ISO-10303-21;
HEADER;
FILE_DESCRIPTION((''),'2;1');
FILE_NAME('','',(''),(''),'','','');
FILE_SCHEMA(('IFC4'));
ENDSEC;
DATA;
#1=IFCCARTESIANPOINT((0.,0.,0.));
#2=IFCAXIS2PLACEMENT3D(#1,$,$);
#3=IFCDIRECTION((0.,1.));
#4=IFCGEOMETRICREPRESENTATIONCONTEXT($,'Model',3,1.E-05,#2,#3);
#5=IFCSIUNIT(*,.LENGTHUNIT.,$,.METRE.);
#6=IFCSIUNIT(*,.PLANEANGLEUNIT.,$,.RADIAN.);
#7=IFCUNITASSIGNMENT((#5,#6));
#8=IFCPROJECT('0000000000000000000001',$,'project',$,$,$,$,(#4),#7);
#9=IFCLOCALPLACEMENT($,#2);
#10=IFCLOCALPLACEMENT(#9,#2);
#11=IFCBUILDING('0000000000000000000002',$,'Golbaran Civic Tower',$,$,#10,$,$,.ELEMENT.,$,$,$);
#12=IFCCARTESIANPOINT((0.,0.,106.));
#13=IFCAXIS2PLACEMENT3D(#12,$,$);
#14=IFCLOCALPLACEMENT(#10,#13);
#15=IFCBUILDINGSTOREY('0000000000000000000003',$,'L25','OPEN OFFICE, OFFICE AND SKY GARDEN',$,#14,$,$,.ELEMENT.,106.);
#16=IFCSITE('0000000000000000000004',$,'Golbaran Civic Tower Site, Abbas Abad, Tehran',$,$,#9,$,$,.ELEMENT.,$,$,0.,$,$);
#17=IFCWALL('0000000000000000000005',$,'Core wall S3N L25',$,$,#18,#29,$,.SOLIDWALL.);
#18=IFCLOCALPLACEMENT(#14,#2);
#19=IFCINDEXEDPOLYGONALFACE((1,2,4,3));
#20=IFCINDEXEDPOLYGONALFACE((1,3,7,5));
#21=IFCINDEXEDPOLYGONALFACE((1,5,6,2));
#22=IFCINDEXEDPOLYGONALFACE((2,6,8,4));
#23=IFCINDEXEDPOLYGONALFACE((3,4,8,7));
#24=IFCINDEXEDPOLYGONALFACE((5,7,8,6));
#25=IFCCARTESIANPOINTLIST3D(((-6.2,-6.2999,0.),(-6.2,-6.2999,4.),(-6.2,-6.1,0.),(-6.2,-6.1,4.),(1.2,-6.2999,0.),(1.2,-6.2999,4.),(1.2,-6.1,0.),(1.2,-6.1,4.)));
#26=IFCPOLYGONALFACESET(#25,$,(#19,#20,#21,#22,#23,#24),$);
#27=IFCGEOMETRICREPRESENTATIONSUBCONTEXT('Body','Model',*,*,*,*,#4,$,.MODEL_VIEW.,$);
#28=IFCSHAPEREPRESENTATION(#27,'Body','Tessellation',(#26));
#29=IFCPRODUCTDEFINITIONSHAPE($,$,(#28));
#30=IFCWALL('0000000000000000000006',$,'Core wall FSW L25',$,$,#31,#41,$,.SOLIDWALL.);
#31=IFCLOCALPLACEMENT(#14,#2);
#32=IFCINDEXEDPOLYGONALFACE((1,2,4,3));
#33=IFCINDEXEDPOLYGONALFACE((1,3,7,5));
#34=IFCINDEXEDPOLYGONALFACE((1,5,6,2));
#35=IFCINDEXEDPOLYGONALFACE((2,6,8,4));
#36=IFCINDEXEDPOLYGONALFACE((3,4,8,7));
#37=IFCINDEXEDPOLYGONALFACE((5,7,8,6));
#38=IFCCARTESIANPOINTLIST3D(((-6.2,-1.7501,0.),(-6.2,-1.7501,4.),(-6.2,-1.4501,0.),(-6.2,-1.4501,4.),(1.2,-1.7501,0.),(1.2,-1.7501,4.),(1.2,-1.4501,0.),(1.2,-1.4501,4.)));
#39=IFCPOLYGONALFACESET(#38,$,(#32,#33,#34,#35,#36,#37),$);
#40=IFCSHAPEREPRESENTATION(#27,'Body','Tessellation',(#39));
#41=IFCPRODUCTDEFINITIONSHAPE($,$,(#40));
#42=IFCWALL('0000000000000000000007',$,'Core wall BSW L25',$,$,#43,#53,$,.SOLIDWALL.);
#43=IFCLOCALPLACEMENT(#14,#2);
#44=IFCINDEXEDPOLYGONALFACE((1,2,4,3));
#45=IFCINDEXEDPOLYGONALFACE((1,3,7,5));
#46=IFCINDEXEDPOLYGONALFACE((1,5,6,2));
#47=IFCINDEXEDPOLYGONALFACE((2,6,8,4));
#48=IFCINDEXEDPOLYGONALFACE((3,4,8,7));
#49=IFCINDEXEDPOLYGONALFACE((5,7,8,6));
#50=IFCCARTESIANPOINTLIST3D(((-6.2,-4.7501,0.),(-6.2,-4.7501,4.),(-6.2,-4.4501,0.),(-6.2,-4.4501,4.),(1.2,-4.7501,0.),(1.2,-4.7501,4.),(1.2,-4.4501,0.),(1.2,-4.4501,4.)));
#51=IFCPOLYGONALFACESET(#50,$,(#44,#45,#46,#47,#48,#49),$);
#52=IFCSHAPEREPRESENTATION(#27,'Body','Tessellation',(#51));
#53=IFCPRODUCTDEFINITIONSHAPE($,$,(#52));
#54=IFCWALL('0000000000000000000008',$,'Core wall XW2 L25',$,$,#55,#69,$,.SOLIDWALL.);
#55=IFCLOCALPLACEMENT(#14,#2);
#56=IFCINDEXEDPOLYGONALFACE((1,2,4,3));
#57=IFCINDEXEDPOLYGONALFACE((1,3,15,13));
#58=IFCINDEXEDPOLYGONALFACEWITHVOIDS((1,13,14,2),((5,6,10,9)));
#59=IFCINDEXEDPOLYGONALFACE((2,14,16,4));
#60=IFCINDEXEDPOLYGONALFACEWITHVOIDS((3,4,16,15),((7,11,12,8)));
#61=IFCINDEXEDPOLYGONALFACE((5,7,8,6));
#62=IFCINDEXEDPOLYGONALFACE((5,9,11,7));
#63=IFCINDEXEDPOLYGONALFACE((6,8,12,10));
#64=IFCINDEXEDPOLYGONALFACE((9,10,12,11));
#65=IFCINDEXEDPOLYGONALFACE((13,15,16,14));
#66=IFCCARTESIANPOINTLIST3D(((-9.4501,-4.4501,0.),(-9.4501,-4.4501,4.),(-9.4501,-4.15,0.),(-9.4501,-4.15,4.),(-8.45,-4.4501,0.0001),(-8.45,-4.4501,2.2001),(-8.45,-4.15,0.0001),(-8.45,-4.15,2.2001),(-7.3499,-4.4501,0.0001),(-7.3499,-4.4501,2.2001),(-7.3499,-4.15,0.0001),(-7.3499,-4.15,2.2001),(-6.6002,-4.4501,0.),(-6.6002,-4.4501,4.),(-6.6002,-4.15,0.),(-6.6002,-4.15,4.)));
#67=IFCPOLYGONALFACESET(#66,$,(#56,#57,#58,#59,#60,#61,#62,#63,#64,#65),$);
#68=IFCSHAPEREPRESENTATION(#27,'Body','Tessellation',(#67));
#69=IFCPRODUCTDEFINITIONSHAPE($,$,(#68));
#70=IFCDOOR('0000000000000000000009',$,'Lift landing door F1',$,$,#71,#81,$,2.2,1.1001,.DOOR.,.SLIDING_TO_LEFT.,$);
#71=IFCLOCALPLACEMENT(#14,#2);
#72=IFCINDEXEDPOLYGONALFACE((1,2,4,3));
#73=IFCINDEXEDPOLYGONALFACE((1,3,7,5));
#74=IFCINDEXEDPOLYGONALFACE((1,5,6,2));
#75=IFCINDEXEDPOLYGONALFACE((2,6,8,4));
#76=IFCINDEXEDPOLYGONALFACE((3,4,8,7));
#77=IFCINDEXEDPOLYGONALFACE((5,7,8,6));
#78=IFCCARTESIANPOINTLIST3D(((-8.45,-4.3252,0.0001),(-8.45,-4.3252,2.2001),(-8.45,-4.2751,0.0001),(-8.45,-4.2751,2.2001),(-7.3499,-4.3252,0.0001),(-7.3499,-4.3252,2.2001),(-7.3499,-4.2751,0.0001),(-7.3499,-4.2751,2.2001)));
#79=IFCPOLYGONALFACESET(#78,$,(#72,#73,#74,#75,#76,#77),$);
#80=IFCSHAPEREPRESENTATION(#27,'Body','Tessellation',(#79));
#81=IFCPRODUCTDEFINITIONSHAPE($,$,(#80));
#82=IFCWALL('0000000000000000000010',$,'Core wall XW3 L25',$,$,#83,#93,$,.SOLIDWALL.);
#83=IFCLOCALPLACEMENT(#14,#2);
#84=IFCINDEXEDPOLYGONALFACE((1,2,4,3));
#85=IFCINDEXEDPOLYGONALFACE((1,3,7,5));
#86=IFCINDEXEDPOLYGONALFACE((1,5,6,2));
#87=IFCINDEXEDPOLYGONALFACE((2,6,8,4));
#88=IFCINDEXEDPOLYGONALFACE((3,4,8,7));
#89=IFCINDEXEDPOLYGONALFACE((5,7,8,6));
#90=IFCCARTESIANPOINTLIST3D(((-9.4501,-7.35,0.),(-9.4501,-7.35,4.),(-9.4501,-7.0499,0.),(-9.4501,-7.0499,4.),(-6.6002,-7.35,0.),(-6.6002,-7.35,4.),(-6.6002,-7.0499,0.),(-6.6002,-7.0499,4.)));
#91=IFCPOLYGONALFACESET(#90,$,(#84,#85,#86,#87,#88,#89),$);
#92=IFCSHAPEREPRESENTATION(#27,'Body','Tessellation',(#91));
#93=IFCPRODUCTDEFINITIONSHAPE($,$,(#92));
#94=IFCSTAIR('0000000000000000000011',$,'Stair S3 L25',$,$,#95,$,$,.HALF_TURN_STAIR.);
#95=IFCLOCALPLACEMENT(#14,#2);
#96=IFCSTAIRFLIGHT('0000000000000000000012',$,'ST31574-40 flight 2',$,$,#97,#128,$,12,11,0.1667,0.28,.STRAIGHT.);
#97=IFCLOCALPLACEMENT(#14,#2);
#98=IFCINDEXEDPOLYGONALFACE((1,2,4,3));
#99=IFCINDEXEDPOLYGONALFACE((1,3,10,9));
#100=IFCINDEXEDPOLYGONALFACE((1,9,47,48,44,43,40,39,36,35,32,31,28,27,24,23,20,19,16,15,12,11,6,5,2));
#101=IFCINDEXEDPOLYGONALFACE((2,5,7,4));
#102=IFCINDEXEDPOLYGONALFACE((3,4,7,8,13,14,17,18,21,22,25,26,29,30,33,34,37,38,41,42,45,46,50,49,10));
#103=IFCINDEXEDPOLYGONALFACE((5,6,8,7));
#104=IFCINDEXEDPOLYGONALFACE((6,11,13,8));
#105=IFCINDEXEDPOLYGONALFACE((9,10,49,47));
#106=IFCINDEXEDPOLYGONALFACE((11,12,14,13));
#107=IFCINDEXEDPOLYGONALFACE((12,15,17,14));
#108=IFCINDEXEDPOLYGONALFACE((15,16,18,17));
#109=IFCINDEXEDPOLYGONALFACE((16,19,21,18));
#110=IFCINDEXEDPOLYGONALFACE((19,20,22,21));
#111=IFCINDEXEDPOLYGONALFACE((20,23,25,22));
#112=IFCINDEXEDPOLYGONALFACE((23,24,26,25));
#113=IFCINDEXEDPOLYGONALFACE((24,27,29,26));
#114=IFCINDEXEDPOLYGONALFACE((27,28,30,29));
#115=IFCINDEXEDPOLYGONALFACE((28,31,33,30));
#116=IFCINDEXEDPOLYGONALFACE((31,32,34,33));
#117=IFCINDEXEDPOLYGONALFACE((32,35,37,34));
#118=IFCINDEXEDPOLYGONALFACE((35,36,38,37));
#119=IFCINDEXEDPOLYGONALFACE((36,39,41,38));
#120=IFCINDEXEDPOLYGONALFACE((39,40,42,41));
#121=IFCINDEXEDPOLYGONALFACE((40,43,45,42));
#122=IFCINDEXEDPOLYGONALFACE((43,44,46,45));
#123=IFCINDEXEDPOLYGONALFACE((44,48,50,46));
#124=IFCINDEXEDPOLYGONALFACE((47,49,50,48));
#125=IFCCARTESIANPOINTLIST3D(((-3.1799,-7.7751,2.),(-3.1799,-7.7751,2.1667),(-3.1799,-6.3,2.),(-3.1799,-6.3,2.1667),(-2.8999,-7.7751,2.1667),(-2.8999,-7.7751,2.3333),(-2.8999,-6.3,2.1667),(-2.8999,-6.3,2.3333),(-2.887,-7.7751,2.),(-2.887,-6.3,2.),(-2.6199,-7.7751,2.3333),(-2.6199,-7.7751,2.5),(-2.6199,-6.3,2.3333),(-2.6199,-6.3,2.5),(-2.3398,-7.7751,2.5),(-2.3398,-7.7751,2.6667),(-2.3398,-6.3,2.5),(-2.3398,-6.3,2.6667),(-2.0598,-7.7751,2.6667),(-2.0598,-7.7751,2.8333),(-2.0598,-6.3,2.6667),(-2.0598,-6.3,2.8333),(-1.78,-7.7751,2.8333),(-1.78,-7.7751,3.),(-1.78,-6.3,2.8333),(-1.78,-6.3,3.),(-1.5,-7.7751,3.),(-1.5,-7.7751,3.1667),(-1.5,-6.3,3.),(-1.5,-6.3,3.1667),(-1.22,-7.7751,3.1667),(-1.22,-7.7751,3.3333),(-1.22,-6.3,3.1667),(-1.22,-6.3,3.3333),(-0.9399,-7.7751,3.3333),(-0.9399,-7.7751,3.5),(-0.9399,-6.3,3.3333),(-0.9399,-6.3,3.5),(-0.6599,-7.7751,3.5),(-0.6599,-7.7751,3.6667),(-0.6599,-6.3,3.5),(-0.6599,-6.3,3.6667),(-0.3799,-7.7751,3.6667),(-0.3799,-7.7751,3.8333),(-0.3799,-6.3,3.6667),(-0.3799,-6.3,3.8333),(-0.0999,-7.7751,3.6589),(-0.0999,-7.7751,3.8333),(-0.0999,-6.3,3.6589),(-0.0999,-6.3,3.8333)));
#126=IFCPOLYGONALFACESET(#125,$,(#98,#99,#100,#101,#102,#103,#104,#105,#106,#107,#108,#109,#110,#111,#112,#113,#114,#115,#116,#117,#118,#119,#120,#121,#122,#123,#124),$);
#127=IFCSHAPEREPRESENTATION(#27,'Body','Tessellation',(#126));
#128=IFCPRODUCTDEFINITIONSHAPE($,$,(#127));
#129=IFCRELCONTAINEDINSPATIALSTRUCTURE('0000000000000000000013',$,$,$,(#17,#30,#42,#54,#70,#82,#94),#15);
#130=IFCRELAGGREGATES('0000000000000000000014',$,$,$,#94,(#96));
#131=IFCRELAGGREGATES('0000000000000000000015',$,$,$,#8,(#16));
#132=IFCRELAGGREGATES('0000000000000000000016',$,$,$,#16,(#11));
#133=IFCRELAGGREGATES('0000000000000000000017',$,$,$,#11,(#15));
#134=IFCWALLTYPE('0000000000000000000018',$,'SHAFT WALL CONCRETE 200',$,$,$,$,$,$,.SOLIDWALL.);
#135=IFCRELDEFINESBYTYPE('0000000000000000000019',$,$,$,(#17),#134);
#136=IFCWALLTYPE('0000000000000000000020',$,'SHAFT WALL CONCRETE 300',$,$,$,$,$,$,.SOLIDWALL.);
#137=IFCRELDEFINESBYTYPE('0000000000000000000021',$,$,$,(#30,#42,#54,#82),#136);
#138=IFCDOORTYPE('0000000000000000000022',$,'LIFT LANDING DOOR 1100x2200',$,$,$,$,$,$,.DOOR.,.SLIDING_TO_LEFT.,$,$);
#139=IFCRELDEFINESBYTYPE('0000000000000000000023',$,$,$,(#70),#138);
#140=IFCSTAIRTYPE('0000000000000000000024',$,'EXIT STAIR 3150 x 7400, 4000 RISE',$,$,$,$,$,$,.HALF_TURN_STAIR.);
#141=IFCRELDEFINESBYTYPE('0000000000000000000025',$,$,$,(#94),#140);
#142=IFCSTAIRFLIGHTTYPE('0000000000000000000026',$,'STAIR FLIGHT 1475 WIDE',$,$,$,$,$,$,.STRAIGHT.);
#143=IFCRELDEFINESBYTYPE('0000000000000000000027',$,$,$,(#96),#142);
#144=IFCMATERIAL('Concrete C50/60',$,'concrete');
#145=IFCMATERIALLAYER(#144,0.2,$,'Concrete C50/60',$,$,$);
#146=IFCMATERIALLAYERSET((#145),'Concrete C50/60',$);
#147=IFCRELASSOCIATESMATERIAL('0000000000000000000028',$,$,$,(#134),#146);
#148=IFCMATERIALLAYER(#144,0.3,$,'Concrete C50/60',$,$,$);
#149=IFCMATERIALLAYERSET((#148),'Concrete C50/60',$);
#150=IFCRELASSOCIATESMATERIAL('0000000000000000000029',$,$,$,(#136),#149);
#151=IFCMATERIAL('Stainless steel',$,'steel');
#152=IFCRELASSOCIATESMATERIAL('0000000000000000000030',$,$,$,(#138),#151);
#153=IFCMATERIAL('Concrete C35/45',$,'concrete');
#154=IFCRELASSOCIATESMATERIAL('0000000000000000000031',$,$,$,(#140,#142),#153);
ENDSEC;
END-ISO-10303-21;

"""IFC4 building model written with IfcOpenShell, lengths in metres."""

from ifc_helpers import new_model, si_unit, direction, frame, frame_2d, origin, place, context, subcontext, project, spatial, polyline, rectangle, outline, extrude, material, layer, layer_set, type_object, element, fill, aggregate, save


model = new_model("IFC4")

# Units and contexts
model_context = context("Model", 3, precision=1e-05, world=origin(), true_north=direction((0.0, 1.0)))
body_context = subcontext(model_context, "Body", "Model", "MODEL_VIEW")
ifc_project = project(units=[si_unit("LENGTHUNIT", "METRE"), si_unit("PLANEANGLEUNIT", "RADIAN")], contexts=[model_context])

# Site, building, storey
site_placement = place(None, origin())
site = spatial("IfcSite", under=ifc_project, at=site_placement, Name="Golbaran Civic Tower Site, Abbas Abad, Tehran", CompositionType="ELEMENT", RefElevation=0.0)
building_placement = place(site_placement, origin())
building = spatial("IfcBuilding", under=site, at=building_placement, Name="Golbaran Civic Tower", CompositionType="ELEMENT")
storey_placement = place(building_placement, frame((0.0, 0.0, 106.0)))
storey = spatial("IfcBuildingStorey", under=building, at=storey_placement, Name="L25", Description="OPEN OFFICE, OFFICE AND SKY GARDEN", CompositionType="ELEMENT", Elevation=106.0)

# Shared definitions
ifc_material_1 = material(Name="Concrete C35/45", Category="concrete")

# Walls
ifc_material_2 = material(Name="Concrete C50/60", Category="concrete")
ifc_layer_1 = layer(ifc_material_2, 0.2, Name="Concrete C50/60")
ifc_layer_set_1 = layer_set([ifc_layer_1], Name="Concrete C50/60")
wall_type_1 = type_object("IfcWallType", Name="SHAFT WALL CONCRETE 200", PredefinedType="SOLIDWALL", material=ifc_layer_set_1)
wall_1_placement = place(storey_placement, frame((-6.2, -6.2, 0.0), z_axis=(0.0, 0.0, 1.0), x_axis=(1.0, 0.0, 0.0)))
element("IfcWall", 1, at=wall_1_placement, inside=storey, type_object=wall_type_1, Name="Core wall S3N L25", PredefinedType="SOLIDWALL", context=body_context, shape_type="SweptSolid", body=[
    extrude(rectangle(XDim=7.3999, YDim=0.2, at=frame_2d((3.7, 0.0))), origin(), (0.0, 0.0, 1.0), 4.0),
])
ifc_layer_2 = layer(ifc_material_2, 0.3, Name="Concrete C50/60")
ifc_layer_set_2 = layer_set([ifc_layer_2], Name="Concrete C50/60")
wall_type_2 = type_object("IfcWallType", Name="SHAFT WALL CONCRETE 300", PredefinedType="SOLIDWALL", material=ifc_layer_set_2)
for number, where, z_axis, x_axis, name in (
    (2, (-6.2, -1.6001, 0.0), (0.0, 0.0, 1.0), (1.0, 0.0, 0.0), "Core wall FSW L25"),
    (3, (-6.2, -4.6001, 0.0), (0.0, 0.0, 1.0), (1.0, 0.0, 0.0), "Core wall BSW L25"),
):
    element("IfcWall", number, at=place(storey_placement, frame(where, z_axis=z_axis, x_axis=x_axis)), inside=storey, type_object=wall_type_2, Name=name, PredefinedType="SOLIDWALL", context=body_context, shape_type="SweptSolid", body=[
        extrude(rectangle(XDim=7.3999, YDim=0.3, at=frame_2d((3.7, 0.0))), origin(), (0.0, 0.0, 1.0), 4.0),
    ])

# Wall, opening, door
wall_2_placement = place(storey_placement, frame((-9.45, -4.3, 0.0), z_axis=(0.0, 0.0, 1.0), x_axis=(1.0, 0.0, 0.0)))
wall_2 = element("IfcWall", 4, at=wall_2_placement, inside=storey, type_object=wall_type_2, Name="Core wall XW2 L25", PredefinedType="SOLIDWALL", context=body_context, shape_type="SweptSolid", body=[
    extrude(rectangle(XDim=2.8499, YDim=0.3, at=frame_2d((1.4248, 0.0))), origin(), (0.0, 0.0, 1.0), 4.0),
])
opening_placement = place(wall_2_placement, frame((1.0, 0.0, 0.0)))
opening = element("IfcOpeningElement", 5, at=opening_placement, cuts=wall_2, PredefinedType="OPENING", context=body_context, shape_type="SweptSolid", body=[
    extrude(rectangle(XDim=1.1001, YDim=2.2, at=frame_2d((0.55, 1.1001))), frame((0.0, 0.1599, 0.0), z_axis=(0.0, -1.0, 0.0), x_axis=(1.0, 0.0, 0.0)), (0.0, 0.0, 1.0), 0.3201),
])
ifc_material_3 = material(Name="Stainless steel", Category="steel")
door_type = type_object("IfcDoorType", Name="LIFT LANDING DOOR 1100x2200", OperationType="SLIDING_TO_LEFT", PredefinedType="DOOR", material=ifc_material_3)
door_placement = place(opening_placement, origin())
door = element("IfcDoor", 6, at=door_placement, inside=storey, type_object=door_type, Name="Lift landing door F1", OperationType="SLIDING_TO_LEFT", OverallHeight=2.2, OverallWidth=1.1001, PredefinedType="DOOR", context=body_context, shape_type="SweptSolid", body=[
    extrude(rectangle(XDim=1.1001, YDim=2.2, at=frame_2d((0.55, 1.1001))), frame((0.0, 0.0249, 0.0), z_axis=(0.0, -1.0, 0.0), x_axis=(1.0, 0.0, 0.0)), (0.0, 0.0, 1.0), 0.05),
])
fill(opening, door)

# Wall
wall_3_placement = place(storey_placement, frame((-9.45, -7.2, 0.0), z_axis=(0.0, 0.0, 1.0), x_axis=(1.0, 0.0, 0.0)))
element("IfcWall", 7, at=wall_3_placement, inside=storey, type_object=wall_type_2, Name="Core wall XW3 L25", PredefinedType="SOLIDWALL", context=body_context, shape_type="SweptSolid", body=[
    extrude(rectangle(XDim=2.8499, YDim=0.3, at=frame_2d((1.4248, 0.0))), origin(), (0.0, 0.0, 1.0), 4.0),
])

# Stair, stair flight
stair_type_1 = type_object("IfcStairType", Name="EXIT STAIR 3150 x 7400, 4000 RISE", PredefinedType="HALF_TURN_STAIR", material=ifc_material_1)
stair_1_placement = place(storey_placement, origin())
stair_1 = element("IfcStair", 8, at=stair_1_placement, inside=storey, type_object=stair_type_1, Name="Stair S3 L25", PredefinedType="HALF_TURN_STAIR")
stair_flight_type = type_object("IfcStairFlightType", Name="STAIR FLIGHT 1475 WIDE", PredefinedType="STRAIGHT", material=ifc_material_1)
stair_flight_placement = place(storey_placement, frame((-3.1799, -7.0376, 2.0), z_axis=(0.0, 0.0, 1.0), x_axis=(1.0, 0.0, 0.0)))
stair_flight = element("IfcStairFlight", 9, at=stair_flight_placement, type_object=stair_flight_type, Name="ST31574-40 flight 2", NumberOfRisers=12, NumberOfTreads=11, PredefinedType="STRAIGHT", RiserHeight=0.1667, TreadLength=0.28, context=body_context, shape_type="SweptSolid", body=[
    extrude(outline(polyline([(0.0, 0.0), (0.0, 0.1667), (0.28, 0.1667), (0.28, 0.3333), (0.5601, 0.3333), (0.5601, 0.5), (0.8401, 0.5), (0.8401, 0.6667), (1.1201, 0.6667), (1.1201, 0.8333), (1.3999, 0.8333), (1.3999, 1.0), (1.6799, 1.0), (1.6799, 1.1667), (1.96, 1.1667), (1.96, 1.3333), (2.24, 1.3333), (2.24, 1.5), (2.52, 1.5), (2.52, 1.6667), (2.8, 1.6667), (2.8, 1.8333), (3.0801, 1.8333), (3.0801, 2.0), (3.0801, 1.6589), (0.293, 0.0), (0.0, 0.0)])), frame((0.0, 0.7375, 0.0), z_axis=(0.0, -1.0, 0.0), x_axis=(1.0, 0.0, 0.0)), (0.0, 0.0, 1.0), 1.4751),
])
aggregate(stair_1, [stair_flight])

save(model, "model.ifc")
